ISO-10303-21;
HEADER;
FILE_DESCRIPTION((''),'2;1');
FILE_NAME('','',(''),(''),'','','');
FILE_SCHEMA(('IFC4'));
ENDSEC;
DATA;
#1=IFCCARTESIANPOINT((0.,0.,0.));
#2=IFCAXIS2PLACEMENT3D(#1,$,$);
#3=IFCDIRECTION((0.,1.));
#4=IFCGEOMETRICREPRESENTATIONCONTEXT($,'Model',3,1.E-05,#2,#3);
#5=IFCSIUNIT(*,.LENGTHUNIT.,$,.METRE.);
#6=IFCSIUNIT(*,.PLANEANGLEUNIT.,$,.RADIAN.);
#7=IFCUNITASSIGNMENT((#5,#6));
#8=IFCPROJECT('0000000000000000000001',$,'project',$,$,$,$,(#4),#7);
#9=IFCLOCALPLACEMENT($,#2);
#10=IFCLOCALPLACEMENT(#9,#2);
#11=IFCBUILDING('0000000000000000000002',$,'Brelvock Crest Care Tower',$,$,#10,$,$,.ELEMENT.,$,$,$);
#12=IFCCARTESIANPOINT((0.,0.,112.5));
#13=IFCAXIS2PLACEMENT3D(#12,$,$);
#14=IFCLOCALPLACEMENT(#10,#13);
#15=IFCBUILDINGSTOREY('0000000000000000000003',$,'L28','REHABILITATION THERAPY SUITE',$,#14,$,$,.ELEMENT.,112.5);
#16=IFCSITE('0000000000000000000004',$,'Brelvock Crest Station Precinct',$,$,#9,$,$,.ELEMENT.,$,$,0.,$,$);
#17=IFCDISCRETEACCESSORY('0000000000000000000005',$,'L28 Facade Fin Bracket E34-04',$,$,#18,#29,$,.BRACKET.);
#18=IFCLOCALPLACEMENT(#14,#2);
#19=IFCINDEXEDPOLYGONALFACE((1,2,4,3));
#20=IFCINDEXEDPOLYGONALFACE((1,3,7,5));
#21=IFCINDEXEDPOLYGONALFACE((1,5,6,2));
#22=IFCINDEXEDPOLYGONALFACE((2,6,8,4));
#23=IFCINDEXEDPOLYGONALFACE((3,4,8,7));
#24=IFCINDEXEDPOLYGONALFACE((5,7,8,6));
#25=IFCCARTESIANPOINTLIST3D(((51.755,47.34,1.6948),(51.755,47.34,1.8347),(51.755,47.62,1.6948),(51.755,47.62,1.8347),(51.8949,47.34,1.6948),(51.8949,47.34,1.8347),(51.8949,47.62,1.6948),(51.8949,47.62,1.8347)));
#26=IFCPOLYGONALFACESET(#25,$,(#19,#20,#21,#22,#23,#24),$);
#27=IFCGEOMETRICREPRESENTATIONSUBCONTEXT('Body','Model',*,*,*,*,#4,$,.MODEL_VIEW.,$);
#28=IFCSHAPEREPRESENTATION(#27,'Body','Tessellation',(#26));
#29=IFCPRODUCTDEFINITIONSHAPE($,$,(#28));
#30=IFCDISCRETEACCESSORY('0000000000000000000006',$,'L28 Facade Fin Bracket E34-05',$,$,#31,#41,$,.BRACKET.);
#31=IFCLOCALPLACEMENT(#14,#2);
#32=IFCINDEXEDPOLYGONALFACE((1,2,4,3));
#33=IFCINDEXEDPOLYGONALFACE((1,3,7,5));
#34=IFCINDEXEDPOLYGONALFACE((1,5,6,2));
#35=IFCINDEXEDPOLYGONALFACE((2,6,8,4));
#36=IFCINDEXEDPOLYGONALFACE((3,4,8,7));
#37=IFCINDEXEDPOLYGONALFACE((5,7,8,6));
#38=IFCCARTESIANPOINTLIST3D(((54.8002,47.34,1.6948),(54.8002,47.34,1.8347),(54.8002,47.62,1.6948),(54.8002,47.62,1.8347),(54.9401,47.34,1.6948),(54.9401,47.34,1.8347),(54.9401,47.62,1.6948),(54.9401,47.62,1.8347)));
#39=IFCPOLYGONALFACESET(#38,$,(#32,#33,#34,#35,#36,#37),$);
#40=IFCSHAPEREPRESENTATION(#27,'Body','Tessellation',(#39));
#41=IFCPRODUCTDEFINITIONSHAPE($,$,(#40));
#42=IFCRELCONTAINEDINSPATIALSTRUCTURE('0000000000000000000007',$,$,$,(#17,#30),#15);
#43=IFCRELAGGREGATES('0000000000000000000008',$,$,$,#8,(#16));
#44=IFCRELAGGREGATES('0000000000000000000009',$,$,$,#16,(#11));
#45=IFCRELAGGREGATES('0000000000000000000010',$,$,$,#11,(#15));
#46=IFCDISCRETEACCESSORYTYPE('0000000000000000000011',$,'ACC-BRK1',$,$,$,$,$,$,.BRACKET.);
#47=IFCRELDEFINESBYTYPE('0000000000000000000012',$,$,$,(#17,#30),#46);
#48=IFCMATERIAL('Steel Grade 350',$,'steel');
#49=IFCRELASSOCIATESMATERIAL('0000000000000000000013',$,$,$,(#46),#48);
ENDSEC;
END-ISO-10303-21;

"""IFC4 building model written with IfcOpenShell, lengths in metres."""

from ifc_helpers import new_model, si_unit, direction, frame, origin, origin_2d, place, context, subcontext, project, spatial, rectangle, extrude, source, transform, mapped, material, type_object, element, save


model = new_model("IFC4")

# Units and contexts
model_context = context("Model", 3, precision=1e-05, world=origin(), true_north=direction((0.0, 1.0)))
body_context = subcontext(model_context, "Body", "Model", "MODEL_VIEW")
ifc_project = project(units=[si_unit("LENGTHUNIT", "METRE"), si_unit("PLANEANGLEUNIT", "RADIAN")], contexts=[model_context])

# Site, building, storey
site_placement = place(None, origin())
site = spatial("IfcSite", under=ifc_project, at=site_placement, Name="Brelvock Crest Station Precinct", CompositionType="ELEMENT", RefElevation=0.0)
building_placement = place(site_placement, origin())
building = spatial("IfcBuilding", under=site, at=building_placement, Name="Brelvock Crest Care Tower", CompositionType="ELEMENT")
storey_placement = place(building_placement, frame((0.0, 0.0, 112.5)))
storey = spatial("IfcBuildingStorey", under=building, at=storey_placement, Name="L28", Description="REHABILITATION THERAPY SUITE", CompositionType="ELEMENT", Elevation=112.5)

# Discrete accessories
ifc_material_1 = material(Name="Steel Grade 350", Category="steel")
discrete_accessory_type = type_object("IfcDiscreteAccessoryType", Name="ACC-BRK1", PredefinedType="BRACKET", material=ifc_material_1)
shared_shape_1 = source(origin(), body_context, "Body", "SweptSolid", [
    extrude(rectangle(XDim=0.28, YDim=0.1399, at=origin_2d()), origin(), (0.0, 0.0, 1.0), 0.1399),
])
for number, where, z_axis, x_axis, name in (
    (1, (51.825, 47.48, 1.6948), (0.0, 0.0, 1.0), (0.0, 1.0, 0.0), "L28 Facade Fin Bracket E34-04"),
    (2, (54.8701, 47.48, 1.6948), (0.0, 0.0, 1.0), (0.0, 1.0, 0.0), "L28 Facade Fin Bracket E34-05"),
):
    element("IfcDiscreteAccessory", number, at=place(storey_placement, frame(where, z_axis=z_axis, x_axis=x_axis)), inside=storey, type_object=discrete_accessory_type, Name=name, PredefinedType="BRACKET", context=body_context, shape_type="MappedRepresentation", body=[
        mapped(shared_shape_1, transform((0.0, 0.0, 0.0), x_axis=(1.0, 0.0, 0.0), y_axis=(0.0, 1.0, 0.0), z_axis=(0.0, 0.0, 1.0), scale=1.0)),
    ])

save(model, "model.ifc")
